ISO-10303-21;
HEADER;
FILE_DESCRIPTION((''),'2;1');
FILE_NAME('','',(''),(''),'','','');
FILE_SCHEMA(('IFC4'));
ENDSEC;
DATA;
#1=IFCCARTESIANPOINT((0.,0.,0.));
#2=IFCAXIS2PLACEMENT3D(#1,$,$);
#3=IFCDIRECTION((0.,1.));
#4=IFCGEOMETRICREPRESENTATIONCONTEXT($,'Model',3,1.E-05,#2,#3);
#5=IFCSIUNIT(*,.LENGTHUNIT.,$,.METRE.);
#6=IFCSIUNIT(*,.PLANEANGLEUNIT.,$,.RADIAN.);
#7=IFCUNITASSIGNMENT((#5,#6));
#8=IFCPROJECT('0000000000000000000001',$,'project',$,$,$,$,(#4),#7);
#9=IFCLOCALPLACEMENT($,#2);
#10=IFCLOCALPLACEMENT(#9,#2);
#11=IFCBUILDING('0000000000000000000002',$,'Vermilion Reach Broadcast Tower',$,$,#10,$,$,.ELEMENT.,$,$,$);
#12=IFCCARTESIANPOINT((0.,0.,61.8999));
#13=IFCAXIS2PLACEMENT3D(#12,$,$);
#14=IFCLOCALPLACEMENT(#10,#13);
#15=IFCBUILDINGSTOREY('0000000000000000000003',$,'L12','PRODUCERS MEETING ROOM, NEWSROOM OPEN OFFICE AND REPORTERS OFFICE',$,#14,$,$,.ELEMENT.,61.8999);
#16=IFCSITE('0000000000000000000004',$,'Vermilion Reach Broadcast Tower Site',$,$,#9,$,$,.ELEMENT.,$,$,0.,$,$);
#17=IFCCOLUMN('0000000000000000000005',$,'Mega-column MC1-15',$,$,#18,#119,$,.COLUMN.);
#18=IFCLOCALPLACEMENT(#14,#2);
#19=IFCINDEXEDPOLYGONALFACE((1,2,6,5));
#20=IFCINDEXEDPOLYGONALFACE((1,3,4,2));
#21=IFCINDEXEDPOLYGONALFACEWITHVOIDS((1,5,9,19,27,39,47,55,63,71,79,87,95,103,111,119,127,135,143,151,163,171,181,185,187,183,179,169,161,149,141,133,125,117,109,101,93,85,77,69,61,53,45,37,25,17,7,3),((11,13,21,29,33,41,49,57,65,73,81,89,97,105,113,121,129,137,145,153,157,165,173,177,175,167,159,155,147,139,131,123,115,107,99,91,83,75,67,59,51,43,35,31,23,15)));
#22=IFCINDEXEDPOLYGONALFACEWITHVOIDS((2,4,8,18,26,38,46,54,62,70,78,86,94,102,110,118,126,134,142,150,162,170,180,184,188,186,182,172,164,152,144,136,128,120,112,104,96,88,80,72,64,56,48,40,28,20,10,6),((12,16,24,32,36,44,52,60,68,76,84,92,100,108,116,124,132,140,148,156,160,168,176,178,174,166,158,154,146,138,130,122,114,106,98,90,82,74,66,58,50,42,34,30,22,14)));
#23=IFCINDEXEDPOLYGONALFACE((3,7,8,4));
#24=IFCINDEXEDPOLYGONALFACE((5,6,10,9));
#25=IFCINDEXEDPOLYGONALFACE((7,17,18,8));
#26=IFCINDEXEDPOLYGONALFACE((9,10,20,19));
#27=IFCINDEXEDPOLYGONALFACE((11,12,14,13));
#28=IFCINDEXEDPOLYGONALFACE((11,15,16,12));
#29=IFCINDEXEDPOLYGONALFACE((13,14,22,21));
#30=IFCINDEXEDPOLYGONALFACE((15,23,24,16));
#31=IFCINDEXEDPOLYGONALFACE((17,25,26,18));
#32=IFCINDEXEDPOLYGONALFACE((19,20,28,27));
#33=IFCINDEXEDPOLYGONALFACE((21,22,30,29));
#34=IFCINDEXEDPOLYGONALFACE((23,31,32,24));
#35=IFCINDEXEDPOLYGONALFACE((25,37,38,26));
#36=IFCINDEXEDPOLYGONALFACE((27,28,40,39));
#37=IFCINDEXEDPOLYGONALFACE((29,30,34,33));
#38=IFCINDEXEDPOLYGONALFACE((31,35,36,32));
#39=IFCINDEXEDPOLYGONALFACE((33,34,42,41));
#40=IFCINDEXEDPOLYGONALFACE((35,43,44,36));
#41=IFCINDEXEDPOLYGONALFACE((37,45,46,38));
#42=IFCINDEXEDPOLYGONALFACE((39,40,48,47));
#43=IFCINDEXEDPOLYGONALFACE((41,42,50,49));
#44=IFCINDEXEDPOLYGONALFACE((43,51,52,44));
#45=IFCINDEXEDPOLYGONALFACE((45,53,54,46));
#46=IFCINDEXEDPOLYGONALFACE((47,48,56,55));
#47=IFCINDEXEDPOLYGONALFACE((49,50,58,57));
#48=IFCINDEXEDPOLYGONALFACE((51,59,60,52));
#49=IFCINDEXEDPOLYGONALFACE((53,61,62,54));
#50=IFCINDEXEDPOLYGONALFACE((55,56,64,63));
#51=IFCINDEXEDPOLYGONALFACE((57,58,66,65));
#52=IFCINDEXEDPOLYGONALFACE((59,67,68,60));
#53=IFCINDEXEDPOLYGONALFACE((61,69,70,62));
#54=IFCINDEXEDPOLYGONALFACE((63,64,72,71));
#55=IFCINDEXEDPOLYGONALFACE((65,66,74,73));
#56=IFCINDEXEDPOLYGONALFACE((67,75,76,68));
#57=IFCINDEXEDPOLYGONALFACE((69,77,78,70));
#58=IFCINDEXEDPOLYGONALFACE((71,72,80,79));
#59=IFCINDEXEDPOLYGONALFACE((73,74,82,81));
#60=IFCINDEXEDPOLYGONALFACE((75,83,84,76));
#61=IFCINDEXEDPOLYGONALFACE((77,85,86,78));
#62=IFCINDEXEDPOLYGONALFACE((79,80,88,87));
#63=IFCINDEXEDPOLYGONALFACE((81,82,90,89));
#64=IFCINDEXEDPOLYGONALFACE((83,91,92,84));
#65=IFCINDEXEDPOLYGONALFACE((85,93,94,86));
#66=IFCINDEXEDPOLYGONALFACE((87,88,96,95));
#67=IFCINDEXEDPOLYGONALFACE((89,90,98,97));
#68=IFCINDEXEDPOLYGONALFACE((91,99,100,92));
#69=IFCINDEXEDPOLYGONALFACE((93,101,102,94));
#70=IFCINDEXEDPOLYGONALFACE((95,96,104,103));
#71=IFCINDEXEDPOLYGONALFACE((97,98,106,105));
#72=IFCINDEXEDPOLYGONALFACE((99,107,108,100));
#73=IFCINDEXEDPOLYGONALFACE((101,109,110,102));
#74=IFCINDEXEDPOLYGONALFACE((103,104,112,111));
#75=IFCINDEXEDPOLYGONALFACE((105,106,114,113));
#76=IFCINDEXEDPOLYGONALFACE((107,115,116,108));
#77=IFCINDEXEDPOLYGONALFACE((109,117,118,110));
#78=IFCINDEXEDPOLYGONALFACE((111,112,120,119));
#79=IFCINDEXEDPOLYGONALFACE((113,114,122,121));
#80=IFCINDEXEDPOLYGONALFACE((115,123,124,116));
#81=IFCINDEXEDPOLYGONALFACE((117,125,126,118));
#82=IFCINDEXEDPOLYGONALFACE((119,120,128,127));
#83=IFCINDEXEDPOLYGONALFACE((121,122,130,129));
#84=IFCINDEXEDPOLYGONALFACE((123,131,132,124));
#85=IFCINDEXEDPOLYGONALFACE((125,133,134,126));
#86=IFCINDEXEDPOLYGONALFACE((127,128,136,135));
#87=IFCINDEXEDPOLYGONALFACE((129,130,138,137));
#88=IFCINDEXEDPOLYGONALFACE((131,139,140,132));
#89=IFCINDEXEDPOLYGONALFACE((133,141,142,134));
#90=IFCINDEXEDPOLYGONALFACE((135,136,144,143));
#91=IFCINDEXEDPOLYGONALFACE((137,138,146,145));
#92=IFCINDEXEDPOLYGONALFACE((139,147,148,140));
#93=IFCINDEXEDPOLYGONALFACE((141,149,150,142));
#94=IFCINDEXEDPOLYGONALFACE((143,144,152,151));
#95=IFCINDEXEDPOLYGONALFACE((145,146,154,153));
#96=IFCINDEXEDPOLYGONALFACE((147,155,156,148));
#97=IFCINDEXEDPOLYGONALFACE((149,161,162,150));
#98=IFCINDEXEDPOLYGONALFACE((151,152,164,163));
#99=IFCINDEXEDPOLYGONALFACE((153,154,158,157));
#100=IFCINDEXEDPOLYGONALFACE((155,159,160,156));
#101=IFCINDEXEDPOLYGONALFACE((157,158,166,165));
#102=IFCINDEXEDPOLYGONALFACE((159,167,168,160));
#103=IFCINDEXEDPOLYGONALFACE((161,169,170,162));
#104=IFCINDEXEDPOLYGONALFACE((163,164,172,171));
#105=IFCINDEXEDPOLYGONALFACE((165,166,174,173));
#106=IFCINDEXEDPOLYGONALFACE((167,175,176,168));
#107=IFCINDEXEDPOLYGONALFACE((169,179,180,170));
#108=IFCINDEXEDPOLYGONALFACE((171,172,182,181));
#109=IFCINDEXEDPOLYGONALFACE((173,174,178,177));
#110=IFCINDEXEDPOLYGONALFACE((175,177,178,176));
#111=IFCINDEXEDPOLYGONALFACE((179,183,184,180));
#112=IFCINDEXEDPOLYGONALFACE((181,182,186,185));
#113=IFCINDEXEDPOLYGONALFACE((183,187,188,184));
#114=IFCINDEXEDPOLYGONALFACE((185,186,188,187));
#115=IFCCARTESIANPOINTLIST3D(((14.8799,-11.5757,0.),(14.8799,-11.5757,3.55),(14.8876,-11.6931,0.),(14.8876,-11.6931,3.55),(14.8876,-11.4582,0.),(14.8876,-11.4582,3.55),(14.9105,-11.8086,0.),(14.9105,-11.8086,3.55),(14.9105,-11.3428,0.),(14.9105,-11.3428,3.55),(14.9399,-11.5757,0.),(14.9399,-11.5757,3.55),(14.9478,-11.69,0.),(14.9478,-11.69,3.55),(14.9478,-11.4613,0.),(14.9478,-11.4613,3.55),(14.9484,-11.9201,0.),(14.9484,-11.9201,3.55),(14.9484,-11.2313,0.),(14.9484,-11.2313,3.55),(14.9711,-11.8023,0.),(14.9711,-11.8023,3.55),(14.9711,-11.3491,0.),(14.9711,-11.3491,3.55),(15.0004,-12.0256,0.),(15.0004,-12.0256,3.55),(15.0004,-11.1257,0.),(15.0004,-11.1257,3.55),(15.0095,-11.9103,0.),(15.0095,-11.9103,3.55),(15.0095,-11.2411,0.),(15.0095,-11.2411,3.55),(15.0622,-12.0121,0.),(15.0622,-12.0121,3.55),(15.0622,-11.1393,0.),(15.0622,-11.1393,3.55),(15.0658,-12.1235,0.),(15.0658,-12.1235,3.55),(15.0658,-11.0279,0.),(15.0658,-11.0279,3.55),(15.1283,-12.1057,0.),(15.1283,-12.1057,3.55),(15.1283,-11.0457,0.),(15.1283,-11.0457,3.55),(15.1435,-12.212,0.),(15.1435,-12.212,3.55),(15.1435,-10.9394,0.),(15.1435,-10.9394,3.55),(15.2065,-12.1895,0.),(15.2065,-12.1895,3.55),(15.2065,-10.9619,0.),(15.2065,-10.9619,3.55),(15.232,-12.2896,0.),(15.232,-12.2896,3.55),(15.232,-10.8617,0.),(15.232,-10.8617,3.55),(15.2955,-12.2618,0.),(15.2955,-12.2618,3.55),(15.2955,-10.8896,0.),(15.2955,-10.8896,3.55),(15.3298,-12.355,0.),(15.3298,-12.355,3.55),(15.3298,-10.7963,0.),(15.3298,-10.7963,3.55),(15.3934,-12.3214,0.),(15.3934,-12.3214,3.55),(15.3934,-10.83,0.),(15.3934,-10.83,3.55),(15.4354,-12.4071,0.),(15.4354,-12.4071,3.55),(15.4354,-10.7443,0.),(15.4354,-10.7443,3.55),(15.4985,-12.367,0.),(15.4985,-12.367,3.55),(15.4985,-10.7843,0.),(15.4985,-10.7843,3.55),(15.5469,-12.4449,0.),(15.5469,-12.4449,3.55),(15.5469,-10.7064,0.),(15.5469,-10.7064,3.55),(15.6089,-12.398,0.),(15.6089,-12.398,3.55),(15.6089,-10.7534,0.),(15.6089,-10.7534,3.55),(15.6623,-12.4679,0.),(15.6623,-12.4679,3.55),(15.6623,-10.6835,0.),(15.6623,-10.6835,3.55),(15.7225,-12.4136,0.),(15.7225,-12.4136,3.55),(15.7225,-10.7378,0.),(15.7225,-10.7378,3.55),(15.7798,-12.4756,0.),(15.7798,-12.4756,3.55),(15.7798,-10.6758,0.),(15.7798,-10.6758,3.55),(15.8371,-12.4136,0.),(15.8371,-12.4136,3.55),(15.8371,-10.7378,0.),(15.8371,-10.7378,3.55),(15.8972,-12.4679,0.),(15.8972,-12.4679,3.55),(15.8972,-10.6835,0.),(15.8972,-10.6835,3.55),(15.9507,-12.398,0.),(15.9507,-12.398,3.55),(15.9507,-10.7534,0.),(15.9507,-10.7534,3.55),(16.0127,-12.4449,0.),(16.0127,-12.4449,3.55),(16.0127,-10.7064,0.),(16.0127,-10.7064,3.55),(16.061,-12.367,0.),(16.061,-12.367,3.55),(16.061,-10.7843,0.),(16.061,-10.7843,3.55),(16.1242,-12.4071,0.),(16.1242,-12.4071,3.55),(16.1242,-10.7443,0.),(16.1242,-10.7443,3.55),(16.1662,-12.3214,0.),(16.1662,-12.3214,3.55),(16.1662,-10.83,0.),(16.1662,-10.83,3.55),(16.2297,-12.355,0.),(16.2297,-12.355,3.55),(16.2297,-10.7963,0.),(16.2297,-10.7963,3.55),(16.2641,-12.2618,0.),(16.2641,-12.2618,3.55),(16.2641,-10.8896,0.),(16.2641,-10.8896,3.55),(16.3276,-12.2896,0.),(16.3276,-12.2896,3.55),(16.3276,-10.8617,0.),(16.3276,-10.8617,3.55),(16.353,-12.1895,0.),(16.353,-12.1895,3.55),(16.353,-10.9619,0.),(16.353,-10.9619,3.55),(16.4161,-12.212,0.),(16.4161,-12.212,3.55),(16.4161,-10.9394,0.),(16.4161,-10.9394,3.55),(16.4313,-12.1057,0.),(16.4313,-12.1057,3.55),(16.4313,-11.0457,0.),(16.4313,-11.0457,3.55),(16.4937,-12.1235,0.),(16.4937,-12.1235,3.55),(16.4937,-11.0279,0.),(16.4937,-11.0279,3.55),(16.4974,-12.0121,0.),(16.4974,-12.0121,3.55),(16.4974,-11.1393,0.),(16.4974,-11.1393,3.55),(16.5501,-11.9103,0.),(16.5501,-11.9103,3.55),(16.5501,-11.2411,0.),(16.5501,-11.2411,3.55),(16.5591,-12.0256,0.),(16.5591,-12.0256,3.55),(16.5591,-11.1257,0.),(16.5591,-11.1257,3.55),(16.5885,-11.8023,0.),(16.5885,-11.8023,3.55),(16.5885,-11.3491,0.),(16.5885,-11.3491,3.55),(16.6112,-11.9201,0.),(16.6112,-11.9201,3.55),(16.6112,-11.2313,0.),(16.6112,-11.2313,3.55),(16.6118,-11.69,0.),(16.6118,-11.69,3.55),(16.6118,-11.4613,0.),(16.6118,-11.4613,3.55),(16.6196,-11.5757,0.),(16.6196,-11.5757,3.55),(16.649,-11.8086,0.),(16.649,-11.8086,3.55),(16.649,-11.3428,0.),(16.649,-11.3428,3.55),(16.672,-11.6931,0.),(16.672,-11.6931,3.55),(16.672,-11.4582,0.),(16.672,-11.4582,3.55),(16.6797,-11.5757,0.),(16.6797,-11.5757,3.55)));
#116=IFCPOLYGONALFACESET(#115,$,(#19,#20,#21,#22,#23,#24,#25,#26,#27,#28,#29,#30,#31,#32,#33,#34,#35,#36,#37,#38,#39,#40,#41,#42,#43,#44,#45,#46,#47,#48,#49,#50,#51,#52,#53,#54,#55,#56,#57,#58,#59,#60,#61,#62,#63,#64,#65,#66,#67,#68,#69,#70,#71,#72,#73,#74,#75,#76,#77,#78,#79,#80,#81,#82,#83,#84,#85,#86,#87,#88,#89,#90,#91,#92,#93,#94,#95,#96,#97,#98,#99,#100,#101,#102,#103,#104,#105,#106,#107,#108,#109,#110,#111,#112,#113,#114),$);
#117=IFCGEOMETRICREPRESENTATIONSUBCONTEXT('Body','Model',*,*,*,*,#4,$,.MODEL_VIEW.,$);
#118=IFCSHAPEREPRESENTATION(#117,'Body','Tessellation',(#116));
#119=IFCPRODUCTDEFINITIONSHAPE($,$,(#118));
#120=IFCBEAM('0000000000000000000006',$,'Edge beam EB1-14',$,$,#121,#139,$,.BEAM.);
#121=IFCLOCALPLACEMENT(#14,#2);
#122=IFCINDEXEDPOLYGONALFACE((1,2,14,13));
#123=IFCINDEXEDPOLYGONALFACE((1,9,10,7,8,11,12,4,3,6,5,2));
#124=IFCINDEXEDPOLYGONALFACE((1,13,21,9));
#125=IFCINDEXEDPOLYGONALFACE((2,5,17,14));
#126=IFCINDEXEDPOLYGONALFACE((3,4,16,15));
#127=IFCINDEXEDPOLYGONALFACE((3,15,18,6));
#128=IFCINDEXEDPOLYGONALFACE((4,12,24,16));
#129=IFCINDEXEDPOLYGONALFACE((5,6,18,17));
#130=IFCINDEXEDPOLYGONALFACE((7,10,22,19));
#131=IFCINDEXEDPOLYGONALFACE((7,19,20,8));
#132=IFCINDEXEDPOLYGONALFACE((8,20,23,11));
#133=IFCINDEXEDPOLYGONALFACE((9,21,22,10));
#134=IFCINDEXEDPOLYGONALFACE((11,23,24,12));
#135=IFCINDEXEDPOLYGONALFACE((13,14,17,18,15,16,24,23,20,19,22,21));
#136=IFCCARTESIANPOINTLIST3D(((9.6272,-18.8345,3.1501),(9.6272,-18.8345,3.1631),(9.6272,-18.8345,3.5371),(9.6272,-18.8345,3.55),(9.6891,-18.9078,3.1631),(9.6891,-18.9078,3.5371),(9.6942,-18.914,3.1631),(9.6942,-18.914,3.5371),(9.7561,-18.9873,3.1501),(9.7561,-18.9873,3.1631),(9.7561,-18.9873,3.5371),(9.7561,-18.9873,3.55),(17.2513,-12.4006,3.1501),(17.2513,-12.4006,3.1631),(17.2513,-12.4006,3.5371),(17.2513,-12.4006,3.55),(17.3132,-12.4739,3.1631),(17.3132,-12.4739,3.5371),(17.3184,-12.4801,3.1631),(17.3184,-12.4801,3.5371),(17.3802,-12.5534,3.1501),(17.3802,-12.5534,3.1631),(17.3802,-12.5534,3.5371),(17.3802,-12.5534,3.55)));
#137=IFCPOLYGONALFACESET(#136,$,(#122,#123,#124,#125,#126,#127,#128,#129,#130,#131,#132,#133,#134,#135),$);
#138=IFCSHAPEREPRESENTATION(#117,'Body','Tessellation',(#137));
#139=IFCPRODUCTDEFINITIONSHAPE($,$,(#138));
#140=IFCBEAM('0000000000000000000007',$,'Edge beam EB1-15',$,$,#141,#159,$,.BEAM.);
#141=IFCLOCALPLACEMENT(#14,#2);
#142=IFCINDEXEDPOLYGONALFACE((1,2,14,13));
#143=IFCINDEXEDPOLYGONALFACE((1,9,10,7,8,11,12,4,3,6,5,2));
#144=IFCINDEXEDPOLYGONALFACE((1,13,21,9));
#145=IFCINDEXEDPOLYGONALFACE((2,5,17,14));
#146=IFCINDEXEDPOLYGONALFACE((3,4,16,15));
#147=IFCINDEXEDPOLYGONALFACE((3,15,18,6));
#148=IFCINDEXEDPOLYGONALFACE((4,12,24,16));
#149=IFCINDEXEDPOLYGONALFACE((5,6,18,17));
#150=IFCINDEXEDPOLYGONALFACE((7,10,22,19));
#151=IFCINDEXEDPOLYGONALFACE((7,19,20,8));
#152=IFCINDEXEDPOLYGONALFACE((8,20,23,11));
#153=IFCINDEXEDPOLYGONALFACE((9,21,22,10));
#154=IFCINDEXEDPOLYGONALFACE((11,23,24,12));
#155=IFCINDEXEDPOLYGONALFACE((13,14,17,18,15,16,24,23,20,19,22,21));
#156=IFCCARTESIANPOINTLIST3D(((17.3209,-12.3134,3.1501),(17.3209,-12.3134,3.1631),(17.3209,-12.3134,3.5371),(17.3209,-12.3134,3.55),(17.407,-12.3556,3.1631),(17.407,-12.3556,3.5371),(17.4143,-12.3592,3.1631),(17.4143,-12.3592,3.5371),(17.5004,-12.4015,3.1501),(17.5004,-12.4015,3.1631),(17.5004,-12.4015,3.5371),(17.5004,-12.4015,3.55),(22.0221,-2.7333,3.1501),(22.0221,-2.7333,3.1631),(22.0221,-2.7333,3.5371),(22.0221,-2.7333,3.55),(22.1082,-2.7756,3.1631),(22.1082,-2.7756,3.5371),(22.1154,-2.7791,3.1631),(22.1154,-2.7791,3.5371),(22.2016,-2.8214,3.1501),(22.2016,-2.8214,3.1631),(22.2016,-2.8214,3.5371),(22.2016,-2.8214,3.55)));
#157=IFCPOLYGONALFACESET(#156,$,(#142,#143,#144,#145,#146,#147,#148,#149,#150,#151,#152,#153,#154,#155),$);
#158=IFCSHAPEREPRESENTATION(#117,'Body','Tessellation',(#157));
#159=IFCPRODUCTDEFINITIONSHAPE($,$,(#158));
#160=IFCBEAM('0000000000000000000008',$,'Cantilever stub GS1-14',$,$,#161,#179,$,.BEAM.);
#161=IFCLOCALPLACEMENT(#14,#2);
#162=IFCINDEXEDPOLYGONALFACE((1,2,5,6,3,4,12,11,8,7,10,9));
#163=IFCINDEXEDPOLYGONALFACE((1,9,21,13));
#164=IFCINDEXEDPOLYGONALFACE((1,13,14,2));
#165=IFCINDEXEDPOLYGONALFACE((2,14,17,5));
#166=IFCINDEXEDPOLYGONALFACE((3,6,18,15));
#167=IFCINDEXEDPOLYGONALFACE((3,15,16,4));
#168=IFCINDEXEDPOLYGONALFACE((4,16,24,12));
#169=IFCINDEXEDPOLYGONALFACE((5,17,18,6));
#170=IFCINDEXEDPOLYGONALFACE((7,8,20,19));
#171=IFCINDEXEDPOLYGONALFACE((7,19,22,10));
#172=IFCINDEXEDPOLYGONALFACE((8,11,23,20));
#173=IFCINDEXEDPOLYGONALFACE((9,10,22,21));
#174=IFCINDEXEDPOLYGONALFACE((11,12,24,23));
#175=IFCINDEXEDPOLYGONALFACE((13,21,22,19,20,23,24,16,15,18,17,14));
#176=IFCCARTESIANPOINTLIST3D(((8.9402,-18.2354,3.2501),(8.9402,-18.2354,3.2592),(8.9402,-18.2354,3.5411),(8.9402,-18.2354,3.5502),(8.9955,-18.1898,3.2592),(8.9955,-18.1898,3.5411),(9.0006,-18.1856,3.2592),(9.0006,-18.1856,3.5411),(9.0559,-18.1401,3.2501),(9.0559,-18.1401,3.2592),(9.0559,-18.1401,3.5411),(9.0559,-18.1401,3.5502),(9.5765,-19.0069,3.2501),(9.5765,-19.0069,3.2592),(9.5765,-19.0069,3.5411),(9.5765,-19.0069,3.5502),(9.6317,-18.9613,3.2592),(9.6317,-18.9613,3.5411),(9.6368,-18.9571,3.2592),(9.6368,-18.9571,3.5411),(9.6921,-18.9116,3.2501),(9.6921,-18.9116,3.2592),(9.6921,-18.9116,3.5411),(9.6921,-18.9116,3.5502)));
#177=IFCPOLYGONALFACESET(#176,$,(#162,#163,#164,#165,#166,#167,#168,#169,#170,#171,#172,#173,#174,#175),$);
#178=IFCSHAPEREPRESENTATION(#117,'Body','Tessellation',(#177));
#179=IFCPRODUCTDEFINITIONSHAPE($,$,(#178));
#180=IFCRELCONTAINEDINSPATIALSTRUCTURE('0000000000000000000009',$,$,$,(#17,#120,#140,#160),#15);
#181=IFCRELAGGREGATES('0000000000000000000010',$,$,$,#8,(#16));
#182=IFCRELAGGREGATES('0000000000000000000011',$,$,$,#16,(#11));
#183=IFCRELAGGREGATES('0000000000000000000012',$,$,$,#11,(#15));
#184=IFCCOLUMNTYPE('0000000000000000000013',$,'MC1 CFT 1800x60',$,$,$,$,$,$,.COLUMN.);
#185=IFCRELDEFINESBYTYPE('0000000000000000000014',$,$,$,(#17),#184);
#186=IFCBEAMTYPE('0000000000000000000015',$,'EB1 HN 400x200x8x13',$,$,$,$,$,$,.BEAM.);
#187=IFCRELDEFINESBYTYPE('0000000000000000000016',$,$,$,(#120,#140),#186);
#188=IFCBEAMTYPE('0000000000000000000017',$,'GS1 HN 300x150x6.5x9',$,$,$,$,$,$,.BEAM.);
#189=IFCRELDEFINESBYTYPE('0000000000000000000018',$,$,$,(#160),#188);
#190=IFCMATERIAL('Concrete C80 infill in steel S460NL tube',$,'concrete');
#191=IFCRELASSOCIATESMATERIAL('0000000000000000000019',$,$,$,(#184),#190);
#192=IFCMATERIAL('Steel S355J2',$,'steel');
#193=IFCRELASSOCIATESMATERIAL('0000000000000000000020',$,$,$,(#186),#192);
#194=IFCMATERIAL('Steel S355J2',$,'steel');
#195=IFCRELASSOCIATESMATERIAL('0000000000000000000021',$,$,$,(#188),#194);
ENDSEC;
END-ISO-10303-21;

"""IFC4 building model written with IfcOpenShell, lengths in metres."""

from ifc_helpers import new_model, si_unit, direction, frame, origin, origin_2d, place, context, subcontext, project, spatial, hollow_circle, i_section, extrude, material, material_profile, profile_set, type_object, element, save


model = new_model("IFC4")

# Units and contexts
model_context = context("Model", 3, precision=1e-05, world=origin(), true_north=direction((0.0, 1.0)))
body_context = subcontext(model_context, "Body", "Model", "MODEL_VIEW")
ifc_project = project(units=[si_unit("LENGTHUNIT", "METRE"), si_unit("PLANEANGLEUNIT", "RADIAN")], contexts=[model_context])

# Site, building, storey
site_placement = place(None, origin())
site = spatial("IfcSite", under=ifc_project, at=site_placement, Name="Vermilion Reach Broadcast Tower Site", CompositionType="ELEMENT", RefElevation=0.0)
building_placement = place(site_placement, origin())
building = spatial("IfcBuilding", under=site, at=building_placement, Name="Vermilion Reach Broadcast Tower", CompositionType="ELEMENT")
storey_placement = place(building_placement, frame((0.0, 0.0, 61.8999)))
storey = spatial("IfcBuildingStorey", under=building, at=storey_placement, Name="L12", Description="PRODUCERS MEETING ROOM, NEWSROOM OPEN OFFICE AND REPORTERS OFFICE", CompositionType="ELEMENT", Elevation=61.8999)

# Column
ifc_material_1 = material(Name="Concrete C80 infill in steel S460NL tube", Category="concrete")
ifc_material_profile_1 = material_profile(ifc_material_1, hollow_circle(Radius=0.8999, WallThickness=0.0601, at=origin_2d()), Name="Concrete C80 infill in steel S460NL tube CFT 1800x60")
ifc_profile_set_1 = profile_set([ifc_material_profile_1], Name="Concrete C80 infill in steel S460NL tube")
column_type = type_object("IfcColumnType", Name="MC1 CFT 1800x60", PredefinedType="COLUMN", material=ifc_profile_set_1)
for number, where, z_axis, x_axis, name in (
    (1, (15.7798, -11.5757, 0.0), (0.0, 0.0, 1.0), (1.0, 0.0, 0.0), "Mega-column MC1-15"),
):
    element("IfcColumn", number, at=place(storey_placement, frame(where, z_axis=z_axis, x_axis=x_axis)), inside=storey, type_object=column_type, Name=name, PredefinedType="COLUMN", context=body_context, shape_type="SweptSolid", body=[
        extrude(hollow_circle(Radius=0.8999, WallThickness=0.0601, at=origin_2d()), origin(), (0.0, 0.0, 1.0), 3.55),
    ])

# Beams
ifc_material_2 = material(Name="Steel S355J2", Category="steel")
ifc_material_profile_2 = material_profile(ifc_material_2, i_section(OverallWidth=0.2, OverallDepth=0.3999, WebThickness=0.0081, FlangeThickness=0.0129, at=origin_2d()), Name="S355J2 HN 400x200x8x13")
ifc_profile_set_2 = profile_set([ifc_material_profile_2], Name="Steel S355J2")
beam_type_1 = type_object("IfcBeamType", Name="EB1 HN 400x200x8x13", PredefinedType="BEAM", material=ifc_profile_set_2)
beam_1_placement = place(storey_placement, frame((9.6917, -18.9109, 3.3501), z_axis=(0.764239, 0.644933, 0.0), x_axis=(-0.644933, 0.764239, 0.0)))
element("IfcBeam", 2, at=beam_1_placement, inside=storey, type_object=beam_type_1, Name="Edge beam EB1-14", PredefinedType="BEAM", context=body_context, shape_type="SweptSolid", body=[
    extrude(i_section(OverallWidth=0.2, OverallDepth=0.3999, WebThickness=0.0081, FlangeThickness=0.0129, at=origin_2d()), origin(), (0.0, 0.0, 1.0), 9.9761),
])
beam_2_placement = place(storey_placement, frame((17.4106, -12.3574, 3.3501), z_axis=(0.440539, 0.897733, 0.0), x_axis=(-0.897733, 0.440539, 0.0)))
element("IfcBeam", 3, at=beam_2_placement, inside=storey, type_object=beam_type_1, Name="Edge beam EB1-15", PredefinedType="BEAM", context=body_context, shape_type="SweptSolid", body=[
    extrude(i_section(OverallWidth=0.2, OverallDepth=0.3999, WebThickness=0.0081, FlangeThickness=0.0129, at=origin_2d()), origin(), (0.0, 0.0, 1.0), 10.6714),
])
ifc_material_3 = material(Name="Steel S355J2", Category="steel")
ifc_material_profile_3 = material_profile(ifc_material_3, i_section(OverallWidth=0.1499, OverallDepth=0.3, WebThickness=0.0066, FlangeThickness=0.009, at=origin_2d()), Name="S355J2 HN 300x150x6.5x9")
ifc_profile_set_3 = profile_set([ifc_material_profile_3], Name="Steel S355J2")
beam_type_2 = type_object("IfcBeamType", Name="GS1 HN 300x150x6.5x9", PredefinedType="BEAM", material=ifc_profile_set_3)
for number, where, z_axis, x_axis, name in (
    (4, (8.998, -18.1877, 3.4001), (0.636238, -0.771493, 0.0), (0.771493, 0.636238, 0.0), "Cantilever stub GS1-14"),
):
    element("IfcBeam", number, at=place(storey_placement, frame(where, z_axis=z_axis, x_axis=x_axis)), inside=storey, type_object=beam_type_2, Name=name, PredefinedType="BEAM", context=body_context, shape_type="SweptSolid", body=[
        extrude(i_section(OverallWidth=0.1499, OverallDepth=0.3, WebThickness=0.0066, FlangeThickness=0.009, at=origin_2d()), origin(), (0.0, 0.0, 1.0), 1.0),
    ])

save(model, "model.ifc")
